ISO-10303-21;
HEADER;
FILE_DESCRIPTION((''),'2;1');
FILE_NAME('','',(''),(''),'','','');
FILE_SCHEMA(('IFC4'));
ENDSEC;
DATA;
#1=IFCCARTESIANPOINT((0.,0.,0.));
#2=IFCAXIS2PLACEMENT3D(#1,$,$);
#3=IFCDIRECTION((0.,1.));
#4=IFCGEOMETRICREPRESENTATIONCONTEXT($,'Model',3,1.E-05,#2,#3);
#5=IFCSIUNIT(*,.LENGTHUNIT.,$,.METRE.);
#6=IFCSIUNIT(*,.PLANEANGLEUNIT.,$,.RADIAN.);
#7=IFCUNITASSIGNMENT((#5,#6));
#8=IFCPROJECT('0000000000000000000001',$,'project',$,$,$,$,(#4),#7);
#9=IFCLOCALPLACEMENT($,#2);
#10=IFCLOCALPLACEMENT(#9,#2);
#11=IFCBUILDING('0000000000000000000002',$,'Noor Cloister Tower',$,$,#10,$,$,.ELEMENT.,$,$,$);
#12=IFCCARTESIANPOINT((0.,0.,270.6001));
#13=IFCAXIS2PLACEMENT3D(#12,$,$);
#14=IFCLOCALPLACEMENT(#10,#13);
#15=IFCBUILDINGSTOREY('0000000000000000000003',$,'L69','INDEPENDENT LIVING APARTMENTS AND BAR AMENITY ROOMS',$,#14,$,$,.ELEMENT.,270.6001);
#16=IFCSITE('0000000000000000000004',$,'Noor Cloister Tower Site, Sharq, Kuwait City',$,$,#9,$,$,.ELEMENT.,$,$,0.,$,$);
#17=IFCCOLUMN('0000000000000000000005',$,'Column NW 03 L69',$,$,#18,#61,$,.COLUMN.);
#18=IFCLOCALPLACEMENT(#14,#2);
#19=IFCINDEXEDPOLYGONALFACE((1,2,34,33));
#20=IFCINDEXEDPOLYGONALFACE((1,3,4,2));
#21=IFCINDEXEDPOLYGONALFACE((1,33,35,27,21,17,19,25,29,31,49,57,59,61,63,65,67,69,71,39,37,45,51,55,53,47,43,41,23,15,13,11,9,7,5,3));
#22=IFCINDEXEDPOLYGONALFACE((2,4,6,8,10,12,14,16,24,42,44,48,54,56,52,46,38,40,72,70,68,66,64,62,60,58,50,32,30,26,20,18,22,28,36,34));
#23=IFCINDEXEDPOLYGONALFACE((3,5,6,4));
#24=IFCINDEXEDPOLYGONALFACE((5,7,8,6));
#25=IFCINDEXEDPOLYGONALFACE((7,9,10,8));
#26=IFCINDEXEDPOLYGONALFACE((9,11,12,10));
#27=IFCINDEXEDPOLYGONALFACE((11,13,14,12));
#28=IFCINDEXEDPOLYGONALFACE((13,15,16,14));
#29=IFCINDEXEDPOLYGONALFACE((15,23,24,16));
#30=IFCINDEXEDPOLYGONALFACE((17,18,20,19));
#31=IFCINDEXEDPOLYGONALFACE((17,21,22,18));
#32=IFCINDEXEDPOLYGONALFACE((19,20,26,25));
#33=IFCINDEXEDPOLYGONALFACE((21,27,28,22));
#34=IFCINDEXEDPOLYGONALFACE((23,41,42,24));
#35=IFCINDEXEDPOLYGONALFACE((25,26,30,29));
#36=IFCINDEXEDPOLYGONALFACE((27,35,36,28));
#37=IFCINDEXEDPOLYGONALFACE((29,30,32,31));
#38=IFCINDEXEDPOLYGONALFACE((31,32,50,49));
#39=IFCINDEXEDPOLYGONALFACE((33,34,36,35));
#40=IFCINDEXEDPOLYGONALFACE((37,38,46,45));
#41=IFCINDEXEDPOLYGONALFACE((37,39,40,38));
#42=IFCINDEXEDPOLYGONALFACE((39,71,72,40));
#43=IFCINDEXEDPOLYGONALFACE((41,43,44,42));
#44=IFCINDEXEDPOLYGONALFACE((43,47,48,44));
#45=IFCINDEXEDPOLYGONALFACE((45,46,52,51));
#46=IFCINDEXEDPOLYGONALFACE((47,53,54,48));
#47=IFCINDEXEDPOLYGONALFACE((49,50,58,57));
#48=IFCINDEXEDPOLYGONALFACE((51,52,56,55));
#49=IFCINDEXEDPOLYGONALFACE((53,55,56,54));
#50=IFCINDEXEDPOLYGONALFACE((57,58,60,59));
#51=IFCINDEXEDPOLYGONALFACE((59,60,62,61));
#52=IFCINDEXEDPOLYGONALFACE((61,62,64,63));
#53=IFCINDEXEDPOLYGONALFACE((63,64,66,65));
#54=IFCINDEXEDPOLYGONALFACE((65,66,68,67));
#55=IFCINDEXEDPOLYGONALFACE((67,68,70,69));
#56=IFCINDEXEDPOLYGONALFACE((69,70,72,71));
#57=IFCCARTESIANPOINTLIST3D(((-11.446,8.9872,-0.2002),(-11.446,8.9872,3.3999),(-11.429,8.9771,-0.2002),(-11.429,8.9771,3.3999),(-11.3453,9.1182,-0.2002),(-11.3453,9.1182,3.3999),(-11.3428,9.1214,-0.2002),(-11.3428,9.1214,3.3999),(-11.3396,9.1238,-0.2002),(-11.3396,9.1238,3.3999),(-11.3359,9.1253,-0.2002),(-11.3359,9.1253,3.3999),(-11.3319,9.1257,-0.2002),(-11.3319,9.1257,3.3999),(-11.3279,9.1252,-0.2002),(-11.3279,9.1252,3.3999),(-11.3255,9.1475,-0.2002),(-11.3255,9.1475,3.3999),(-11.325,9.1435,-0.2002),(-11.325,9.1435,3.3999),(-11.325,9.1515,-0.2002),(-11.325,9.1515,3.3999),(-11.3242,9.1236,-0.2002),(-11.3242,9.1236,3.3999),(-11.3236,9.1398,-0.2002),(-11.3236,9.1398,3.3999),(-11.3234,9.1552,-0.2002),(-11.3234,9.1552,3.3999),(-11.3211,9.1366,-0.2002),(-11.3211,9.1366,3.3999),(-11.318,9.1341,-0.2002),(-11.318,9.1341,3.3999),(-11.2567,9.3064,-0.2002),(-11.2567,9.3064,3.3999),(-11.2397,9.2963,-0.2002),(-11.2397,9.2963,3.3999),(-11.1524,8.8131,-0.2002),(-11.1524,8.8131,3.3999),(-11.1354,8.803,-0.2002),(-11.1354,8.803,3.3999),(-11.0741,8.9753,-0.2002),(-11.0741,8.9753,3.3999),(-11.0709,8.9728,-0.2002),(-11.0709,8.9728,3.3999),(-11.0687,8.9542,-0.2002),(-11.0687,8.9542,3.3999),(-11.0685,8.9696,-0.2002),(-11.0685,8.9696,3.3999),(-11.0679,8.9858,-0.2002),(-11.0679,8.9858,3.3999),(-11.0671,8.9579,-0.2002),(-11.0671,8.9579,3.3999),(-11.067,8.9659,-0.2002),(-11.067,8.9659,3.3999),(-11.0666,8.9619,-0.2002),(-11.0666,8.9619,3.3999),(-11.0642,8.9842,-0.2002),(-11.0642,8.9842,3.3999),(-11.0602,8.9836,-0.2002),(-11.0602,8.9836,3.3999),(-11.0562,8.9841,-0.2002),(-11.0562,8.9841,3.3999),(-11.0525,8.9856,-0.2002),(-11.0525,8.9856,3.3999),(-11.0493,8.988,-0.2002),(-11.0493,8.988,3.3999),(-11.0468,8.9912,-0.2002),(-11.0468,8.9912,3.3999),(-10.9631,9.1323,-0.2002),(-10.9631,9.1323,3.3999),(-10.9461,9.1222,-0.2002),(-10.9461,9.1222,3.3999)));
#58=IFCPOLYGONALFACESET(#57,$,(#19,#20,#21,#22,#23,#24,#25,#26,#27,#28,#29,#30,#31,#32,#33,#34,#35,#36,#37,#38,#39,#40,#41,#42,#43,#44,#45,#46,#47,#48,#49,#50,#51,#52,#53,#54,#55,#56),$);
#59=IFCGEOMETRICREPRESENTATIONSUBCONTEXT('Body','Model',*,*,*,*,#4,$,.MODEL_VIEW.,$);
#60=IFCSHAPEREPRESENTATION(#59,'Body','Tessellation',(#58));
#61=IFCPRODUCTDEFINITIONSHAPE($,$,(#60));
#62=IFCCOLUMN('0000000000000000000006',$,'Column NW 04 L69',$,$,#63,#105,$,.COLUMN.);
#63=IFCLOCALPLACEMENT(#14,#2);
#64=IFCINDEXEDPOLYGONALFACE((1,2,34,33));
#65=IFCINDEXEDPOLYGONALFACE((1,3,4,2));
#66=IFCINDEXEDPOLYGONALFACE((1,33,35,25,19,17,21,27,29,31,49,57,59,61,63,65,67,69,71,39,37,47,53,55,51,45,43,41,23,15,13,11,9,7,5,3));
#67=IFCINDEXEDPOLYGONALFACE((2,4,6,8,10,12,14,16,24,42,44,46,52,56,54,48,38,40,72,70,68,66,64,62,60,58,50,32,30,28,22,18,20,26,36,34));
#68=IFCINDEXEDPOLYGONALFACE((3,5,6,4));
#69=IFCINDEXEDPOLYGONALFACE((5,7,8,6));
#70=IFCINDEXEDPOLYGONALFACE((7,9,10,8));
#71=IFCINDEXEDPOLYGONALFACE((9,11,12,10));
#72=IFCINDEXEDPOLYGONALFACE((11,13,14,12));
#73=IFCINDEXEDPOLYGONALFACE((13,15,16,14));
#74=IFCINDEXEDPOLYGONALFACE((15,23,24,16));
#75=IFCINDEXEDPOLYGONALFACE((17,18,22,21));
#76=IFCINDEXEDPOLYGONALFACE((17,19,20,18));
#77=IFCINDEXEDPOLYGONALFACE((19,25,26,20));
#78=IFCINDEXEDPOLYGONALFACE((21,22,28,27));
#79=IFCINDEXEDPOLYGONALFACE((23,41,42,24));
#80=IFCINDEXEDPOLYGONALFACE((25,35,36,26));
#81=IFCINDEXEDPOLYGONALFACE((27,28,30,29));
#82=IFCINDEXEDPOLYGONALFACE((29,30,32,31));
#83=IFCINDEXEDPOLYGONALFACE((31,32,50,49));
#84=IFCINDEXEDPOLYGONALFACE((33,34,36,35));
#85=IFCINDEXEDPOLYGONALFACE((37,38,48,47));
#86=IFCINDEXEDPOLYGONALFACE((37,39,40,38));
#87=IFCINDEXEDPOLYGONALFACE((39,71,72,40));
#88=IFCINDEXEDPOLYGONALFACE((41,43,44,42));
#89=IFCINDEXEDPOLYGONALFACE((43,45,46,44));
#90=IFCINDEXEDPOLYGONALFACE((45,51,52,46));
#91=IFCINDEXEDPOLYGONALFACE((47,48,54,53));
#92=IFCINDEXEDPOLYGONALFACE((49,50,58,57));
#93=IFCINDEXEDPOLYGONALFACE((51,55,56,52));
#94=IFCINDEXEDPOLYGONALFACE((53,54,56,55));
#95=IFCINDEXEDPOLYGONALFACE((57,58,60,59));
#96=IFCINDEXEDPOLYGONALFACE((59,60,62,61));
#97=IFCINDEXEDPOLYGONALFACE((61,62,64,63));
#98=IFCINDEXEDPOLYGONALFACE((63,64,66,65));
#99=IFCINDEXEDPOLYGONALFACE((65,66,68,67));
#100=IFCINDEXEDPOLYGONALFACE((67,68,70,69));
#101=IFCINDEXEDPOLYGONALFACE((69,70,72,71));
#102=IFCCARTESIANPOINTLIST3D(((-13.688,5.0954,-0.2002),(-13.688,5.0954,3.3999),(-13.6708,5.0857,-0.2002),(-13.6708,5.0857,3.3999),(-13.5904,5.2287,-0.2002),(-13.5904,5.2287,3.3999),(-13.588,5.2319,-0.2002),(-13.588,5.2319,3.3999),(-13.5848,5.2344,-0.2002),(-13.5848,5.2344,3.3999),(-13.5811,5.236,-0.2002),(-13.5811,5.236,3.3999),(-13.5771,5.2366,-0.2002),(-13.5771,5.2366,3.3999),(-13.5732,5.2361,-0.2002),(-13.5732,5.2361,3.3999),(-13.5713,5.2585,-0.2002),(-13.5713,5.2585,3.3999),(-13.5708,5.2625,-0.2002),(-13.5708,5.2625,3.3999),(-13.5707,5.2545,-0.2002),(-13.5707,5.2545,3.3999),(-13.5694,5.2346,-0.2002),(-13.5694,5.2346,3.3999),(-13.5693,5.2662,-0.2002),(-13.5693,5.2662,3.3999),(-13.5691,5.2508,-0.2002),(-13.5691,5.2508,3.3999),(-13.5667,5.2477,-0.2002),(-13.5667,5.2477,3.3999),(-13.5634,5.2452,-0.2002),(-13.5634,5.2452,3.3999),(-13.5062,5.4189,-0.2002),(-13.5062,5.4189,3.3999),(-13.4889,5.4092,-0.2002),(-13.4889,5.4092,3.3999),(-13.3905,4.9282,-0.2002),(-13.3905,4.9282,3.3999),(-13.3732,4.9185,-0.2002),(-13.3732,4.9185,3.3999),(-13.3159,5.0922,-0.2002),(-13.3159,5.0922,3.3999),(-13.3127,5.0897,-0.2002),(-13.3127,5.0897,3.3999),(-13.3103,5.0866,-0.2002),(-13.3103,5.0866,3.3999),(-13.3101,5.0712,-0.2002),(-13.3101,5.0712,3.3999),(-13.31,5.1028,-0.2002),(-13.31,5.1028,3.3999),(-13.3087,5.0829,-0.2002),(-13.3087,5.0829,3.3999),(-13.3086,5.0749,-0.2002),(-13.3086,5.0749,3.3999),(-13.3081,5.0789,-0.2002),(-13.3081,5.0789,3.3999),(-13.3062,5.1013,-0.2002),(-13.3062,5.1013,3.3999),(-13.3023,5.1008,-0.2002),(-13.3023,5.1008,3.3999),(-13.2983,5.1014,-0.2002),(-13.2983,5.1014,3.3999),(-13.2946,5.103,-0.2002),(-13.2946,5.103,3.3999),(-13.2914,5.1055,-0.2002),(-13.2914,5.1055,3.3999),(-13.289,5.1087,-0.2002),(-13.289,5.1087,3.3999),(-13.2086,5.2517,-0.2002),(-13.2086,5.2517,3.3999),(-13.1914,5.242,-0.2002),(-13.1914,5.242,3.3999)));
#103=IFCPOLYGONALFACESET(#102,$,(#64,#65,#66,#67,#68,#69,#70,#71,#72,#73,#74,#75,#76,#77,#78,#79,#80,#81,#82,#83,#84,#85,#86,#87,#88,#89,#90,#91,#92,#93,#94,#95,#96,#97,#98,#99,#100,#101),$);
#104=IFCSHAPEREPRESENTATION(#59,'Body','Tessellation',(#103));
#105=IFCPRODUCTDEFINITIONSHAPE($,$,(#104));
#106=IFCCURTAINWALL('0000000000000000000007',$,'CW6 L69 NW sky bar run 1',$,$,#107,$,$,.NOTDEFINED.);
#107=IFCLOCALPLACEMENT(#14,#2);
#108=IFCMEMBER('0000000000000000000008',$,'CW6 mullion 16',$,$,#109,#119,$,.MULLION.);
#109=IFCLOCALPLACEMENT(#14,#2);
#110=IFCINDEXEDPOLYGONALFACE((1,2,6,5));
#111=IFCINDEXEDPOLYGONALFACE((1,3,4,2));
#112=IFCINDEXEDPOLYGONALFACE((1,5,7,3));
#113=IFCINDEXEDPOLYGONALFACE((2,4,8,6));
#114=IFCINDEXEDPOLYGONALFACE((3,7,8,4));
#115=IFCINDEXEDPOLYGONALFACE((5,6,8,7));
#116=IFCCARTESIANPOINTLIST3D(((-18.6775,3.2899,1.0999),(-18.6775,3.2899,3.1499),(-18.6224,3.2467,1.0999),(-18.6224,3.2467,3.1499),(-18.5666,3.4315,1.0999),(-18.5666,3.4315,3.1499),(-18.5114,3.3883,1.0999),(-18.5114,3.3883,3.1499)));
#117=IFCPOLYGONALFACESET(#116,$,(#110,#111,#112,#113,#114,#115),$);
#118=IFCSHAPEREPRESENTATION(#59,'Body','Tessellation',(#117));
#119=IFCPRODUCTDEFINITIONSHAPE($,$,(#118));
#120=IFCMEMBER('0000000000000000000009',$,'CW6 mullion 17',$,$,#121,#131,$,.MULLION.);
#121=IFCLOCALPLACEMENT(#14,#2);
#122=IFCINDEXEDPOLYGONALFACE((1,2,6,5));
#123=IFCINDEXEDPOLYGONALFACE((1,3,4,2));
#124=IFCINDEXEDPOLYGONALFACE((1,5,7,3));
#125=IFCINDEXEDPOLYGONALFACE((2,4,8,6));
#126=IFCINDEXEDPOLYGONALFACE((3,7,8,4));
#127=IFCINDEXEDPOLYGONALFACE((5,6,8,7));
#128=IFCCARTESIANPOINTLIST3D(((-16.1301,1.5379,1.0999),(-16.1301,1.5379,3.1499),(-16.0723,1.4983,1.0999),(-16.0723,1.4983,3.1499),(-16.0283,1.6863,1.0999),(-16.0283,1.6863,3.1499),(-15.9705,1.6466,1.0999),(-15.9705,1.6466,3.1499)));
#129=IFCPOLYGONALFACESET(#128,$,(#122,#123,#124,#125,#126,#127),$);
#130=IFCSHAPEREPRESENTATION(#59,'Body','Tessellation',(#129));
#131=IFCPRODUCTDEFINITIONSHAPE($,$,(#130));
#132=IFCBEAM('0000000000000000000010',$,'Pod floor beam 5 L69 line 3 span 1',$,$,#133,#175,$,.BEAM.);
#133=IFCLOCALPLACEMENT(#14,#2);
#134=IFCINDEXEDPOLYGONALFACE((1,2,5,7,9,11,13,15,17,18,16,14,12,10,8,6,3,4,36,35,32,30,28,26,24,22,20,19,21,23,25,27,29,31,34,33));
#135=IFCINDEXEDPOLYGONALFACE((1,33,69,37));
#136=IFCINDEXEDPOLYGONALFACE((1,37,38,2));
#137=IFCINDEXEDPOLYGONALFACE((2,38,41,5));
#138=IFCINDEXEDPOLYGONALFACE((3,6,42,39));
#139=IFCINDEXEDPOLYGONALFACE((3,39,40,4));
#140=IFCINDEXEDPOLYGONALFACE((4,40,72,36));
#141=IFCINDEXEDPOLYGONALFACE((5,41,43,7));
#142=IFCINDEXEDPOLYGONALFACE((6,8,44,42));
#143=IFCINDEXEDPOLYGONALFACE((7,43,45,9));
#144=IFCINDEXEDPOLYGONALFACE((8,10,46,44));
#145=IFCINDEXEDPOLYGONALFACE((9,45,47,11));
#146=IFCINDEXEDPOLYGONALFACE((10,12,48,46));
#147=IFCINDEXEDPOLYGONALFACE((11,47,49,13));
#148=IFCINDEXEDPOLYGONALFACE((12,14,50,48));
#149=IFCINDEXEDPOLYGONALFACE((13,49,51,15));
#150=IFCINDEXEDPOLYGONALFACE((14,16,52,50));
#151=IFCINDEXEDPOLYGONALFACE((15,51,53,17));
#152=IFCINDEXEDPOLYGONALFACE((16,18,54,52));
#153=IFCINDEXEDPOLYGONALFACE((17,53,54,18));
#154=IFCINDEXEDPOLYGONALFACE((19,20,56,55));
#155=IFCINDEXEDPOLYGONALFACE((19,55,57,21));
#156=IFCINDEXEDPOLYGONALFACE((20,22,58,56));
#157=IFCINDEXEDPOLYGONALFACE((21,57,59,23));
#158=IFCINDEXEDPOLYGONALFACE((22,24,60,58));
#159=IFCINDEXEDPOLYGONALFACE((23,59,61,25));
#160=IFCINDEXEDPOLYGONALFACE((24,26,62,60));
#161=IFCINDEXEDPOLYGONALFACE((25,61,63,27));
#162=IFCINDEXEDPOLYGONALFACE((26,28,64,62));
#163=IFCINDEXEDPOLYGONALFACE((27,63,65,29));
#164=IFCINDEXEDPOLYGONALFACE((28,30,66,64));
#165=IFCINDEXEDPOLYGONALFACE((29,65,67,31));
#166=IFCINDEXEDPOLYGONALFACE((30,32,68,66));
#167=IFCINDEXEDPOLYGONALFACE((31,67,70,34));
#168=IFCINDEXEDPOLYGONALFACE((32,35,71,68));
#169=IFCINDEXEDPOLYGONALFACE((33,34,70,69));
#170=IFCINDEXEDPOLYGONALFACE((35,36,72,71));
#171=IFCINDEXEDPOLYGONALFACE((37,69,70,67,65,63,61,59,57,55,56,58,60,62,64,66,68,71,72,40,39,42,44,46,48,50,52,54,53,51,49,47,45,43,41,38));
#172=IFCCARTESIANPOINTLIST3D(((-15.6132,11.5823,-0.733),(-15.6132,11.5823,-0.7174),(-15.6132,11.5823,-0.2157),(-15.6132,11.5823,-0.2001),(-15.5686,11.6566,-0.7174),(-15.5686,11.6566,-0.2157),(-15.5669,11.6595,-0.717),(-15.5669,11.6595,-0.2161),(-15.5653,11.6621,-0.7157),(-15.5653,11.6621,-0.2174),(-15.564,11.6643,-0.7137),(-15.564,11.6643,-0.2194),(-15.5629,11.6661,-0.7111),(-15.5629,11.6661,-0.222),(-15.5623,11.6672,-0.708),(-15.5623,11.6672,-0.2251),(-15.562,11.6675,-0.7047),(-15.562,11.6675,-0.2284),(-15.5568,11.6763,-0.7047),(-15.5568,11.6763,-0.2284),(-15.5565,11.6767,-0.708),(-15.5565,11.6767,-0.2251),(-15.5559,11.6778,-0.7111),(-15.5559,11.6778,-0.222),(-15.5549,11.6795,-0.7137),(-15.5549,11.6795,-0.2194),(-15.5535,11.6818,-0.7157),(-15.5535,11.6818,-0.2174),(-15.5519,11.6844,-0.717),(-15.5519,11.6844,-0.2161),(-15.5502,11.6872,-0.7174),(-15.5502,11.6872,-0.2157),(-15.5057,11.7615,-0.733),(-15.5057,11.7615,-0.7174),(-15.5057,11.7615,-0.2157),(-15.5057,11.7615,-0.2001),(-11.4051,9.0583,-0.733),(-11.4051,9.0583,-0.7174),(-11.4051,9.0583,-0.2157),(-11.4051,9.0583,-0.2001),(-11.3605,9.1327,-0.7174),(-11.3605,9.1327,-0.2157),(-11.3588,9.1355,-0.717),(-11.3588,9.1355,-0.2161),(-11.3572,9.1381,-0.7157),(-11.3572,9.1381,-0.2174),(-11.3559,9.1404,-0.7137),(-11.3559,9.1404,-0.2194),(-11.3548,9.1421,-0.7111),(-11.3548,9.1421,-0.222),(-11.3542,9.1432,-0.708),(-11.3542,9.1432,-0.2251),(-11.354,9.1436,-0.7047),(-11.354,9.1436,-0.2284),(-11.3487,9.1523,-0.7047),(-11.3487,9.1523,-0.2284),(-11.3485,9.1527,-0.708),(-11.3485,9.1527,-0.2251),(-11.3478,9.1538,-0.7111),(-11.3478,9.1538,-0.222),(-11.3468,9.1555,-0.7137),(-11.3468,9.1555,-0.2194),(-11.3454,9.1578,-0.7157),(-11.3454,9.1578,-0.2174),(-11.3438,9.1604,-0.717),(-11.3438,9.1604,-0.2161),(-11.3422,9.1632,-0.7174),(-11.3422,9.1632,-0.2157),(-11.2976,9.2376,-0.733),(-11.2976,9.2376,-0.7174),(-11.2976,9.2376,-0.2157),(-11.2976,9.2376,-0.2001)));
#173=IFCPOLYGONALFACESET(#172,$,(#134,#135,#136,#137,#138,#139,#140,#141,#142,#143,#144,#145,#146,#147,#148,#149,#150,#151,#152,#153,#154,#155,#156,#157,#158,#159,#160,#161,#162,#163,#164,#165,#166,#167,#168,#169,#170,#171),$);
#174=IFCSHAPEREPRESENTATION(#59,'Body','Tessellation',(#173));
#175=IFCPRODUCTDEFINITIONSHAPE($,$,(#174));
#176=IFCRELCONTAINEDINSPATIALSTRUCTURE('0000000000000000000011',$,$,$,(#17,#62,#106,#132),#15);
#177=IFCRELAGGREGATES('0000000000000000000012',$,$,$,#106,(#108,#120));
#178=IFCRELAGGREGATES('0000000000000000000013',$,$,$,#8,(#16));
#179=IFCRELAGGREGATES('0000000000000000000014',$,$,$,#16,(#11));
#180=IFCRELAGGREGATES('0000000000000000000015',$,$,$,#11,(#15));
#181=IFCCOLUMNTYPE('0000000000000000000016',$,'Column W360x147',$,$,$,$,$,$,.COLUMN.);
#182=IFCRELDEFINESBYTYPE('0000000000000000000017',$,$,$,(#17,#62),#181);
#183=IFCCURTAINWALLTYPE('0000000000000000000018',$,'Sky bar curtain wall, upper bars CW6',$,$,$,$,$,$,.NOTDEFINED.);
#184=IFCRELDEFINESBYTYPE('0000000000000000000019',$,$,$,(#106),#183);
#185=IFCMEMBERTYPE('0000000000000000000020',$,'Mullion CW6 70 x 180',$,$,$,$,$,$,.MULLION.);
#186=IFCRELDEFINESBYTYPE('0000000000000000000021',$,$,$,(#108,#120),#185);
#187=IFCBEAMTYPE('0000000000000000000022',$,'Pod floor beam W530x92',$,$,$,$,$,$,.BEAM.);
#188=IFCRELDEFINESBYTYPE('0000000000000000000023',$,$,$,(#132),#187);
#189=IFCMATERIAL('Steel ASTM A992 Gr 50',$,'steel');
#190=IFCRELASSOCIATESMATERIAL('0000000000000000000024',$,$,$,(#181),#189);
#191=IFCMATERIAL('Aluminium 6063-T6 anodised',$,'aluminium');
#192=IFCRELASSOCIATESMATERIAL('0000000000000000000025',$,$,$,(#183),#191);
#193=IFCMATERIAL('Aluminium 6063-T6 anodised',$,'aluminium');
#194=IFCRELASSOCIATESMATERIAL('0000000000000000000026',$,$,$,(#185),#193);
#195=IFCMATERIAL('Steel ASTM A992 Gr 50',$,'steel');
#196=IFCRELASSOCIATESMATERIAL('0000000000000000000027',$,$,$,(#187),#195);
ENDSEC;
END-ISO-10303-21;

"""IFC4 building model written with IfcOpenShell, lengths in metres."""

from ifc_helpers import new_model, si_unit, direction, frame, origin, origin_2d, place, context, subcontext, project, spatial, rectangle, i_section, extrude, material, material_profile, profile_set, type_object, element, aggregate, save


model = new_model("IFC4")

# Units and contexts
model_context = context("Model", 3, precision=1e-05, world=origin(), true_north=direction((0.0, 1.0)))
body_context = subcontext(model_context, "Body", "Model", "MODEL_VIEW")
ifc_project = project(units=[si_unit("LENGTHUNIT", "METRE"), si_unit("PLANEANGLEUNIT", "RADIAN")], contexts=[model_context])

# Site, building, storey
site_placement = place(None, origin())
site = spatial("IfcSite", under=ifc_project, at=site_placement, Name="Noor Cloister Tower Site, Sharq, Kuwait City", CompositionType="ELEMENT", RefElevation=0.0)
building_placement = place(site_placement, origin())
building = spatial("IfcBuilding", under=site, at=building_placement, Name="Noor Cloister Tower", CompositionType="ELEMENT")
storey_placement = place(building_placement, frame((0.0, 0.0, 270.6001)))
storey = spatial("IfcBuildingStorey", under=building, at=storey_placement, Name="L69", Description="INDEPENDENT LIVING APARTMENTS AND BAR AMENITY ROOMS", CompositionType="ELEMENT", Elevation=270.6001)

# Columns
ifc_material_1 = material(Name="Steel ASTM A992 Gr 50", Category="steel")
ifc_material_profile_1 = material_profile(ifc_material_1, i_section(OverallWidth=0.3711, OverallDepth=0.3611, WebThickness=0.0122, FlangeThickness=0.0198, FilletRadius=0.0154, at=origin_2d()), Name="W360x147")
ifc_profile_set_1 = profile_set([ifc_material_profile_1], Name="Steel ASTM A992 Gr 50")
column_type = type_object("IfcColumnType", Name="Column W360x147", PredefinedType="COLUMN", material=ifc_profile_set_1)
for number, where, z_axis, x_axis, name in (
    (1, (-11.196, 9.0547, -0.2002), (0.0, 0.0, 1.0), (-0.510009, -0.860169, 0.0), "Column NW 03 L69"),
    (2, (-13.4397, 5.1687, -0.2002), (0.0, 0.0, 1.0), (-0.489924, -0.871765, 0.0), "Column NW 04 L69"),
):
    element("IfcColumn", number, at=place(storey_placement, frame(where, z_axis=z_axis, x_axis=x_axis)), inside=storey, type_object=column_type, Name=name, PredefinedType="COLUMN", context=body_context, shape_type="SweptSolid", body=[
        extrude(i_section(OverallWidth=0.3711, OverallDepth=0.3611, WebThickness=0.0122, FlangeThickness=0.0198, FilletRadius=0.0154, at=origin_2d()), origin(), (0.0, 0.0, 1.0), 3.6001),
    ])

# Curtain wall, members
ifc_material_2 = material(Name="Aluminium 6063-T6 anodised", Category="aluminium")
curtain_wall_type = type_object("IfcCurtainWallType", Name="Sky bar curtain wall, upper bars CW6", PredefinedType="NOTDEFINED", material=ifc_material_2)
curtain_wall_placement = place(storey_placement, origin())
curtain_wall = element("IfcCurtainWall", 3, at=curtain_wall_placement, inside=storey, type_object=curtain_wall_type, Name="CW6 L69 NW sky bar run 1", PredefinedType="NOTDEFINED")
ifc_material_3 = material(Name="Aluminium 6063-T6 anodised", Category="aluminium")
ifc_material_profile_2 = material_profile(ifc_material_3, rectangle(XDim=0.1799, YDim=0.0701, at=origin_2d()), Name="180 x 70 mullion")
ifc_profile_set_2 = profile_set([ifc_material_profile_2], Name="Aluminium 6063-T6 anodised")
member_type = type_object("IfcMemberType", Name="Mullion CW6 70 x 180", PredefinedType="MULLION", material=ifc_profile_set_2)
member_1_placement = place(storey_placement, frame((-18.5945, 3.3391, 1.0999), z_axis=(0.0, 0.0, 1.0), x_axis=(0.616644, 0.787242, 0.0)))
member_1 = element("IfcMember", 4, at=member_1_placement, type_object=member_type, Name="CW6 mullion 16", PredefinedType="MULLION", context=body_context, shape_type="SweptSolid", body=[
    extrude(rectangle(XDim=0.1799, YDim=0.0701, at=origin_2d()), origin(), (0.0, 0.0, 1.0), 2.05),
])
member_2_placement = place(storey_placement, frame((-16.0503, 1.5923, 1.0999), z_axis=(0.0, 0.0, 1.0), x_axis=(0.565997, 0.824408, 0.0)))
member_2 = element("IfcMember", 5, at=member_2_placement, type_object=member_type, Name="CW6 mullion 17", PredefinedType="MULLION", context=body_context, shape_type="SweptSolid", body=[
    extrude(rectangle(XDim=0.1799, YDim=0.0701, at=origin_2d()), origin(), (0.0, 0.0, 1.0), 2.05),
])

# Beam
ifc_material_4 = material(Name="Steel ASTM A992 Gr 50", Category="steel")
ifc_material_profile_3 = material_profile(ifc_material_4, i_section(OverallWidth=0.209, OverallDepth=0.533, WebThickness=0.0103, FlangeThickness=0.0156, FilletRadius=0.0127, at=origin_2d()), Name="W530x92")
ifc_profile_set_3 = profile_set([ifc_material_profile_3], Name="Steel ASTM A992 Gr 50")
beam_type_1 = type_object("IfcBeamType", Name="Pod floor beam W530x92", PredefinedType="BEAM", material=ifc_profile_set_3)
beam_1_placement = place(storey_placement, frame((-11.3513, 9.1479, -0.4666), z_axis=(-0.857572, 0.514364, 0.0), x_axis=(-0.514364, -0.857572, 0.0)))
element("IfcBeam", 6, at=beam_1_placement, inside=storey, type_object=beam_type_1, Name="Pod floor beam 5 L69 line 3 span 1", PredefinedType="BEAM", context=body_context, shape_type="SweptSolid", body=[
    extrude(i_section(OverallWidth=0.209, OverallDepth=0.533, WebThickness=0.0103, FlangeThickness=0.0156, FilletRadius=0.0127, at=origin_2d()), origin(), (0.0, 0.0, 1.0), 4.907),
])

aggregate(curtain_wall, [member_1, member_2])

save(model, "model.ifc")
